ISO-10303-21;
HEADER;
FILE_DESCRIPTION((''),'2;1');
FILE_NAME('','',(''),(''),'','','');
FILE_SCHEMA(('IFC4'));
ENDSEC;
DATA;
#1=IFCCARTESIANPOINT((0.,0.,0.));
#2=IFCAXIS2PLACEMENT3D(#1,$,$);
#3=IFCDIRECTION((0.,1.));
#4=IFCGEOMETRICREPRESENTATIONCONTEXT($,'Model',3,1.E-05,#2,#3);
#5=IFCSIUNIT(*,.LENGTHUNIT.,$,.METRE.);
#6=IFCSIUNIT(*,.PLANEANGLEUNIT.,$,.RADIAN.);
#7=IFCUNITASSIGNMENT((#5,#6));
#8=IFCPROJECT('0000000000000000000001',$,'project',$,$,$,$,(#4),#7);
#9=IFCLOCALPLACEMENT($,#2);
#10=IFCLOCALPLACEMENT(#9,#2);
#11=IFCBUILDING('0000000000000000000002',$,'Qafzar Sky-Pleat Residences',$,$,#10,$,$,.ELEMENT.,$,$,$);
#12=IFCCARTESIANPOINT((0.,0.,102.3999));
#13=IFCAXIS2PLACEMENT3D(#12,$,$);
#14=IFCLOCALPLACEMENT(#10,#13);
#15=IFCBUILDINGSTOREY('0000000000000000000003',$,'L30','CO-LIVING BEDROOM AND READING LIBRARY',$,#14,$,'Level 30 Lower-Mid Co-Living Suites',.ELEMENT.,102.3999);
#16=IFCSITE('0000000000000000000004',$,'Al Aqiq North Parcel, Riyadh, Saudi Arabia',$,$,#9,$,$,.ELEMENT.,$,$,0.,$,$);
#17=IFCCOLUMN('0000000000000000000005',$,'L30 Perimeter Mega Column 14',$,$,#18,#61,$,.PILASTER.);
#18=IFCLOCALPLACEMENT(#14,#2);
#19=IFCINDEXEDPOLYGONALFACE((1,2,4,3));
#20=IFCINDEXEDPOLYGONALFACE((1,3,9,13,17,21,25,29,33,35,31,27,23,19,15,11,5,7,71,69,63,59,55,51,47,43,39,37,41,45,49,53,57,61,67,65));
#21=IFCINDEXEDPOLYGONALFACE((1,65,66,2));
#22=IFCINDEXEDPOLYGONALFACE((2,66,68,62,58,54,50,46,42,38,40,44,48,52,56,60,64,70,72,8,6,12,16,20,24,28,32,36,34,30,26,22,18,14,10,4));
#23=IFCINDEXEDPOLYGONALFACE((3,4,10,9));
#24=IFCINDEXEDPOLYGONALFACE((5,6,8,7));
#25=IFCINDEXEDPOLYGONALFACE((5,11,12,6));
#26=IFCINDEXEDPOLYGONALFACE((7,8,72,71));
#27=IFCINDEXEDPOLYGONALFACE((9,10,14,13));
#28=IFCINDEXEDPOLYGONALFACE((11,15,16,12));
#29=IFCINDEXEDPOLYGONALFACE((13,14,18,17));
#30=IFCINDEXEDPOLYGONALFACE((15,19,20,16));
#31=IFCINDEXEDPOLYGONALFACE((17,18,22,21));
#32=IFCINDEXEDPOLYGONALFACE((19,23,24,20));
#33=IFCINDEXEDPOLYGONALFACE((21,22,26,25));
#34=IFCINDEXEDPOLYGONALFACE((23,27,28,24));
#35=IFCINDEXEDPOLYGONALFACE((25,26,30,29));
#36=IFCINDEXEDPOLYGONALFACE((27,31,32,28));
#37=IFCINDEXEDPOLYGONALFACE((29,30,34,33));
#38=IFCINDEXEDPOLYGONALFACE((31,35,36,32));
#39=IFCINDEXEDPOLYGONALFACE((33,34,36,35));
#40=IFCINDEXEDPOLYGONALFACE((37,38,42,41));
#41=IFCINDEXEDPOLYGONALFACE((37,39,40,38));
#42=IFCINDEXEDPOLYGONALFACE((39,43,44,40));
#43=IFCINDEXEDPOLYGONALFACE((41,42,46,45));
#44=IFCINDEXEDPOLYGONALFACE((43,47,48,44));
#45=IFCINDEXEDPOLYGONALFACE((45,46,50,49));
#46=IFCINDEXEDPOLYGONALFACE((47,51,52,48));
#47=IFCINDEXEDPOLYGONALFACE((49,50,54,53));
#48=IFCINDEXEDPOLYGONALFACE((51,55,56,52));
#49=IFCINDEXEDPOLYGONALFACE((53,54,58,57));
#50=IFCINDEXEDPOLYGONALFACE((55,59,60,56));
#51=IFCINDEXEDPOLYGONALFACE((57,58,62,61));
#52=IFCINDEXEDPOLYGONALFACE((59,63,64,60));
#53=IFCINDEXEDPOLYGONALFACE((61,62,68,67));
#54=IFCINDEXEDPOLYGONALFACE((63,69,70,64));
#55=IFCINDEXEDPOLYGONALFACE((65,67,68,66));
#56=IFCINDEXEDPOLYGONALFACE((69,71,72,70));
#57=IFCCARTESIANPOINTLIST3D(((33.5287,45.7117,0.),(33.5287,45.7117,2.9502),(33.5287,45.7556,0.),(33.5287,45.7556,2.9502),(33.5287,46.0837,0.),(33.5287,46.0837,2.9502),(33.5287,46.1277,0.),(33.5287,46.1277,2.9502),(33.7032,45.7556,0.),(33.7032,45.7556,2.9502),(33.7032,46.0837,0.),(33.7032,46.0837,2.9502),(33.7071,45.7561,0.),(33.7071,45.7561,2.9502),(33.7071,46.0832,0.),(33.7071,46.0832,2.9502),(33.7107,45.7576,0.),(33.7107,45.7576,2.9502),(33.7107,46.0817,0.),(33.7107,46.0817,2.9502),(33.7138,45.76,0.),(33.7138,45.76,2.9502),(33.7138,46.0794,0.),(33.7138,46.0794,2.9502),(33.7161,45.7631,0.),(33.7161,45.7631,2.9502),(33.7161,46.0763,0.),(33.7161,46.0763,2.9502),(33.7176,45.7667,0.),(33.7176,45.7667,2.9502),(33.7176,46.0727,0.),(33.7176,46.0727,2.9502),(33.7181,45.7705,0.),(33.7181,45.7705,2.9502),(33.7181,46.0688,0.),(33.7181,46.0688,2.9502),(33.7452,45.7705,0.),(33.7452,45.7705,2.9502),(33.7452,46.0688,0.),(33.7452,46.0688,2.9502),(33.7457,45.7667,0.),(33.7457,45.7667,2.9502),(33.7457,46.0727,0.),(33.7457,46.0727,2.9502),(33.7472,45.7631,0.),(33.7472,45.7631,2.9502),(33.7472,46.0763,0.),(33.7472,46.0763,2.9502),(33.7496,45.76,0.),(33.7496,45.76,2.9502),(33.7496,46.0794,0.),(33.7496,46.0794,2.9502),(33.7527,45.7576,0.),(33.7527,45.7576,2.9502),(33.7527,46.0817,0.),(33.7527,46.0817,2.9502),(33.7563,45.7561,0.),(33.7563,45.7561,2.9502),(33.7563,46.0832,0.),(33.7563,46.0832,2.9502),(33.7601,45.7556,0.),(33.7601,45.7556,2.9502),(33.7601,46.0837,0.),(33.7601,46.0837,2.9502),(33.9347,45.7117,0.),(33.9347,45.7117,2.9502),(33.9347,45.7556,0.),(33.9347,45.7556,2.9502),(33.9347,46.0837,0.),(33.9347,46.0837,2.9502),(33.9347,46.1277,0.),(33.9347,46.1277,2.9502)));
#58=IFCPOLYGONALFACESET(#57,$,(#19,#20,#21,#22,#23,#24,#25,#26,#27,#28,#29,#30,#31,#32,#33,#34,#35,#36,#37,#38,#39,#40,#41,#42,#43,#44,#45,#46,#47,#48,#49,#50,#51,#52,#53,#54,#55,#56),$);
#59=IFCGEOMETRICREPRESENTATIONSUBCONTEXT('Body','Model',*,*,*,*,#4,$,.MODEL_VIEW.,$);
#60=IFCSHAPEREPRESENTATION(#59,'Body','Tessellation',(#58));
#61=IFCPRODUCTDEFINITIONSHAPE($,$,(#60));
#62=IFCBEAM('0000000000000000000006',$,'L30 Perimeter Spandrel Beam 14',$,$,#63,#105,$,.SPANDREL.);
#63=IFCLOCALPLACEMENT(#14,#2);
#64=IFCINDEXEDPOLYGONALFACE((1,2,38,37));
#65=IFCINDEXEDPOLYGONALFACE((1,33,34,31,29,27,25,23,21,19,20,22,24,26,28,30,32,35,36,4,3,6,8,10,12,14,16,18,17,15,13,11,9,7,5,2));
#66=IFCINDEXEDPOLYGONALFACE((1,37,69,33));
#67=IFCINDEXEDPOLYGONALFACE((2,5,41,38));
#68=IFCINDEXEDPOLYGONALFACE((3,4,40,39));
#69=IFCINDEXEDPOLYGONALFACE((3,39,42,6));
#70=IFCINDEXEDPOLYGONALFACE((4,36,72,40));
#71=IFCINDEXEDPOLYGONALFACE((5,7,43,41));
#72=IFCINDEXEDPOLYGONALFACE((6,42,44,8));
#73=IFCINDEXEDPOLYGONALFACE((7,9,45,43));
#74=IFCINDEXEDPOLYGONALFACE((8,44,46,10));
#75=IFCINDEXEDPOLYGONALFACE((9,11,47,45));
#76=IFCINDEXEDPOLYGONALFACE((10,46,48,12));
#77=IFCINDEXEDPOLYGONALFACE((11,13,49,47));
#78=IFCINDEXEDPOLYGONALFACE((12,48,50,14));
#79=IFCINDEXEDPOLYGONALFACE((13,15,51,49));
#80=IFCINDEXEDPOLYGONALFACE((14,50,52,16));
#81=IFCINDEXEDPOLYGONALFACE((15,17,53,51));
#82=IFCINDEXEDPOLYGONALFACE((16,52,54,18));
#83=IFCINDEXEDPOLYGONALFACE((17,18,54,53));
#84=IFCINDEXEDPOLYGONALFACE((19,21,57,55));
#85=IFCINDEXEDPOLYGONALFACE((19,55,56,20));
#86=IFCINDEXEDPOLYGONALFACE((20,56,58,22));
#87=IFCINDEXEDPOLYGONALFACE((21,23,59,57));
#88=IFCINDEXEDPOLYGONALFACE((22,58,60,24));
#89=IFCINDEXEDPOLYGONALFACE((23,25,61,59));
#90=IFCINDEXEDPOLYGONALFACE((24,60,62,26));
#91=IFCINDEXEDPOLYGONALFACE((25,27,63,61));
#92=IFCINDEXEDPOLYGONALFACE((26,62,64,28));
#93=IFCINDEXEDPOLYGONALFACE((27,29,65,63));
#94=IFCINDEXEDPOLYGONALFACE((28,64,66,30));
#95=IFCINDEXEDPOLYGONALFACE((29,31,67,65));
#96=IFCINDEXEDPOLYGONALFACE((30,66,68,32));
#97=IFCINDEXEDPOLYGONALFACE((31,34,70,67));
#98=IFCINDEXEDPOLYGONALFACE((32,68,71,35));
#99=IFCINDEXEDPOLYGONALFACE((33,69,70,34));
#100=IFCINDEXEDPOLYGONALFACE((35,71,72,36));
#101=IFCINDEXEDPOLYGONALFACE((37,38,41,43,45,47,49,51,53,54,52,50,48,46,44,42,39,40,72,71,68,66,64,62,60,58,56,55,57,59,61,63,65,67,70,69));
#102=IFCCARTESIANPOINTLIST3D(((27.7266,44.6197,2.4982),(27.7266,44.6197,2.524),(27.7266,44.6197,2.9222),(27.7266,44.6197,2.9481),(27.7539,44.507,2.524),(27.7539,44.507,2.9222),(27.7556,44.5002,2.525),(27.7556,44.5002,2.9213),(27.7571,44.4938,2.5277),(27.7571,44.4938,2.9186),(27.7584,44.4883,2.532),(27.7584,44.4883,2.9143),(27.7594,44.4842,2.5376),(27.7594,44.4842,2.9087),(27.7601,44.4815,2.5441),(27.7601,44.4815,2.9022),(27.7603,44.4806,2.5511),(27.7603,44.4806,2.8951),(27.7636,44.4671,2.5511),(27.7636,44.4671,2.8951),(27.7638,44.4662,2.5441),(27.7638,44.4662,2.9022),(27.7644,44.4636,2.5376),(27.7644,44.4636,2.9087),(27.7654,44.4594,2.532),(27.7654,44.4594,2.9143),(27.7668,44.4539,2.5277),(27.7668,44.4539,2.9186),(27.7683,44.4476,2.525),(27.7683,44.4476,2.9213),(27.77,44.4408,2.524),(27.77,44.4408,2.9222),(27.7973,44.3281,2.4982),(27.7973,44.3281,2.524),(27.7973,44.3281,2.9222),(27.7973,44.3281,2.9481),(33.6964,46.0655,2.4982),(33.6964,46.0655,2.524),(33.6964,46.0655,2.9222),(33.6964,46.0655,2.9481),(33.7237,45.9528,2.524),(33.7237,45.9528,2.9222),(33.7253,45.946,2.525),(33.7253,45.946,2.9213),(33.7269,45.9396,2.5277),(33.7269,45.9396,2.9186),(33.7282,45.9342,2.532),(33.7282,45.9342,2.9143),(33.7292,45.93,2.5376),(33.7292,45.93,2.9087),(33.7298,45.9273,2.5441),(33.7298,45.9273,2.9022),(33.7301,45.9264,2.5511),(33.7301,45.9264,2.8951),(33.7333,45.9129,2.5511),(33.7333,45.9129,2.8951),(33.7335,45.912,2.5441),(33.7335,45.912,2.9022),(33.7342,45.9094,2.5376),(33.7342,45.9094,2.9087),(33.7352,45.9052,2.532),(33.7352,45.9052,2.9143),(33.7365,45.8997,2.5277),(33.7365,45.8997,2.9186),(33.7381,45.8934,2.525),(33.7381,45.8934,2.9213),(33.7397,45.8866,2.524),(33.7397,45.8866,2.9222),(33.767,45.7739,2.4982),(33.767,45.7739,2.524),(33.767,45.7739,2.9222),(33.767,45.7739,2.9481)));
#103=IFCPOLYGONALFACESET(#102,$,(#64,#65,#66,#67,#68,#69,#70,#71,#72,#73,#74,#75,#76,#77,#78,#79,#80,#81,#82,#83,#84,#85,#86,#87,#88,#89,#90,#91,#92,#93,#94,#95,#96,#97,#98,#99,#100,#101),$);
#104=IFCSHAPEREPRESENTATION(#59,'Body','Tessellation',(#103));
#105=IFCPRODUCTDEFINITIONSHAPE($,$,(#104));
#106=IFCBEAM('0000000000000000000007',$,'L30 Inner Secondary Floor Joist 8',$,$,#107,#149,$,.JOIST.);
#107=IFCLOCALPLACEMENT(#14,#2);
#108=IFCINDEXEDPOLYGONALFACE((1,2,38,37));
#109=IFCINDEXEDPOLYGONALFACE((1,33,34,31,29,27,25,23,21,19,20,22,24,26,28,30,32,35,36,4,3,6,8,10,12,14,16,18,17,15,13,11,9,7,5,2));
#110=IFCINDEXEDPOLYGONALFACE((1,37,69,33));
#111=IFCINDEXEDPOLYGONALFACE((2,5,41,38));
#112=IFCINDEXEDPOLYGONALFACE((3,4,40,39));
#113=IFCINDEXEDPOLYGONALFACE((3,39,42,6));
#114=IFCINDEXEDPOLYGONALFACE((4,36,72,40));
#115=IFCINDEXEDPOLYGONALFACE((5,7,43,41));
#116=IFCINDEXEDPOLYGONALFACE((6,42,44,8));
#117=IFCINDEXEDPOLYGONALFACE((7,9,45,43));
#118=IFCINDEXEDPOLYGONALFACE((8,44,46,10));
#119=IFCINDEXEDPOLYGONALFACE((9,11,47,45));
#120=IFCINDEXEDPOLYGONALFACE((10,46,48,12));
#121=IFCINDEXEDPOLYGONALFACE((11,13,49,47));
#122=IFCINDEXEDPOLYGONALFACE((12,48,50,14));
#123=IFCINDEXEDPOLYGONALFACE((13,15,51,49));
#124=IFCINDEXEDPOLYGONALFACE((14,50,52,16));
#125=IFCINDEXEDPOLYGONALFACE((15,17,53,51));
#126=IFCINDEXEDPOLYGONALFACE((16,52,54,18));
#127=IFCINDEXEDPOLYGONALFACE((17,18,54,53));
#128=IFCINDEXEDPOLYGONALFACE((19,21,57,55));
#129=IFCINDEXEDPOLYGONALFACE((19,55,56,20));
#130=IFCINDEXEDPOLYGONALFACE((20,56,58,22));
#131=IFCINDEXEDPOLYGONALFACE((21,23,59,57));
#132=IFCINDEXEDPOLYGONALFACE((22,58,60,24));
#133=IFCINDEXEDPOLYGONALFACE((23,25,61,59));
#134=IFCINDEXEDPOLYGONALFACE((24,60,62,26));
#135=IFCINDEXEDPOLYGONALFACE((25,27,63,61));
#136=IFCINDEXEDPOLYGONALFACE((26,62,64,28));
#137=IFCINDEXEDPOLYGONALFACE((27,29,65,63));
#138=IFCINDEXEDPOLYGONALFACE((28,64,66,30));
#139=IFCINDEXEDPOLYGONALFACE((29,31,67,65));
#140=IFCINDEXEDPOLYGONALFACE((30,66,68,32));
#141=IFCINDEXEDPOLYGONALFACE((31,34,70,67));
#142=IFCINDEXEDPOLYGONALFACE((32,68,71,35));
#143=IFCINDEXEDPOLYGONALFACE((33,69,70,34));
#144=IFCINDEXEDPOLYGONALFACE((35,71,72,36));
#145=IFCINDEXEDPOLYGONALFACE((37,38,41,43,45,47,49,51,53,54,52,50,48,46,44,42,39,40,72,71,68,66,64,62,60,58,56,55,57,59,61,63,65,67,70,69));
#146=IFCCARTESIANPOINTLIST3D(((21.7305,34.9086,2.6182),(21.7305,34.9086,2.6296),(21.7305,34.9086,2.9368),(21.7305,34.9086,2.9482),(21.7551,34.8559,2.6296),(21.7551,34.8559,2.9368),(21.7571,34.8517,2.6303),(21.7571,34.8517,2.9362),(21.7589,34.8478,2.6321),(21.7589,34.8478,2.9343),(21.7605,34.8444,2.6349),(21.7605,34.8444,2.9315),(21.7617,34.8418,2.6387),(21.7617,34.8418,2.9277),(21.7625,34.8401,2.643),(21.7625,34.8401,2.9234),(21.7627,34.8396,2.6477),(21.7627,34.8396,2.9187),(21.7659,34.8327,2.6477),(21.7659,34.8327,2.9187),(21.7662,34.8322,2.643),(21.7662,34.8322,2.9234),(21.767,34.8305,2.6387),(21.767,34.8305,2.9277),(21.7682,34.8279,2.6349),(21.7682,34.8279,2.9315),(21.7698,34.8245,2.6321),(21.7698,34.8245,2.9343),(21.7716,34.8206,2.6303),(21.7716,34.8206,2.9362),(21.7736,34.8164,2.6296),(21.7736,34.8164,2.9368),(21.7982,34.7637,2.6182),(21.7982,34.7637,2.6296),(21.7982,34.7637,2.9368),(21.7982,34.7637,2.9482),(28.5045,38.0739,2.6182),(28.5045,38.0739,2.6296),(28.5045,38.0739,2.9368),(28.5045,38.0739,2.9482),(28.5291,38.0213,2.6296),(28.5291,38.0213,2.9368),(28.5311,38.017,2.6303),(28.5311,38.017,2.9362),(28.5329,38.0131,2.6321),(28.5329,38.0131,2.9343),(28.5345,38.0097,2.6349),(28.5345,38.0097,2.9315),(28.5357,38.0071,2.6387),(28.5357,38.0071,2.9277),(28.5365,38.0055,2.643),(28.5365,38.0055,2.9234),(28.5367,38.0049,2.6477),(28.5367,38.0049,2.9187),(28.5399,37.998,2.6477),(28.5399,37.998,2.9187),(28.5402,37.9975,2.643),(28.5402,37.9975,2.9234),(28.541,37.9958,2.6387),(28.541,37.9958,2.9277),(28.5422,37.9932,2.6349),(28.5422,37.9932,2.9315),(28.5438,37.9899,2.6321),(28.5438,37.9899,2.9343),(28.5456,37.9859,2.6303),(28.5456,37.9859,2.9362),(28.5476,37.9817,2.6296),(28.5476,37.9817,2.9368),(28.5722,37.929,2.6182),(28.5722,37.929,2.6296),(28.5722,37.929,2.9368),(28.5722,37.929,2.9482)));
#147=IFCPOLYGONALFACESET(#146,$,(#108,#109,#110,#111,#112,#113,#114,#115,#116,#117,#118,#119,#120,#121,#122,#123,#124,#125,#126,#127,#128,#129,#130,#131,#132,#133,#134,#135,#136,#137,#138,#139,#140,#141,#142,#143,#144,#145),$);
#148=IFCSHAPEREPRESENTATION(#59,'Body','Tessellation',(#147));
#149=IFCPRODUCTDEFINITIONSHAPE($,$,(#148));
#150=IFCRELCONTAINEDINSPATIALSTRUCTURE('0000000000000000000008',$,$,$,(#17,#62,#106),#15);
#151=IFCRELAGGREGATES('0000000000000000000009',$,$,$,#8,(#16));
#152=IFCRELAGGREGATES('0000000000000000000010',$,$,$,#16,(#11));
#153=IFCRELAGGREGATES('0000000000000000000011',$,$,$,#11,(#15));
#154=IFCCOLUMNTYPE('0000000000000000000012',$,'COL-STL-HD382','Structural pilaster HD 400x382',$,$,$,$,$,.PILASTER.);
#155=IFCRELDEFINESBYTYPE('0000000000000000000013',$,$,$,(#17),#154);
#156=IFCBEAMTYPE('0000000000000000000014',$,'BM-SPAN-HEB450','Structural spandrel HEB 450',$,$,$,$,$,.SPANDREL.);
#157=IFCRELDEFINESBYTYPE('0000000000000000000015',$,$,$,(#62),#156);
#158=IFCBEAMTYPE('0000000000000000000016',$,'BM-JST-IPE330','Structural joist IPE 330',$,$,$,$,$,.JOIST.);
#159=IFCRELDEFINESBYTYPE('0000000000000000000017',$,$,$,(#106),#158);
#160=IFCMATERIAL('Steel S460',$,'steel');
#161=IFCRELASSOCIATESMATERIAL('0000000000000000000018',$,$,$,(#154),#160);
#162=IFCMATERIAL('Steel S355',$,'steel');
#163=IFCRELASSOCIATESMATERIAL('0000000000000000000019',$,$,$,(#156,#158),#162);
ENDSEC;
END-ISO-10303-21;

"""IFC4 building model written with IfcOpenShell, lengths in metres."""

from ifc_helpers import new_model, si_unit, direction, frame, origin, origin_2d, place, context, subcontext, project, spatial, i_section, extrude, source, transform, mapped, material, material_profile, profile_set, type_object, element, save


model = new_model("IFC4")

# Units and contexts
model_context = context("Model", 3, precision=1e-05, world=origin(), true_north=direction((0.0, 1.0)))
body_context = subcontext(model_context, "Body", "Model", "MODEL_VIEW")
ifc_project = project(units=[si_unit("LENGTHUNIT", "METRE"), si_unit("PLANEANGLEUNIT", "RADIAN")], contexts=[model_context])

# Site, building, storey
site_placement = place(None, origin())
site = spatial("IfcSite", under=ifc_project, at=site_placement, Name="Al Aqiq North Parcel, Riyadh, Saudi Arabia", CompositionType="ELEMENT", RefElevation=0.0)
building_placement = place(site_placement, origin())
building = spatial("IfcBuilding", under=site, at=building_placement, Name="Qafzar Sky-Pleat Residences", CompositionType="ELEMENT")
storey_placement = place(building_placement, frame((0.0, 0.0, 102.3999)))
storey = spatial("IfcBuildingStorey", under=building, at=storey_placement, Name="L30", Description="CO-LIVING BEDROOM AND READING LIBRARY", LongName="Level 30 Lower-Mid Co-Living Suites", CompositionType="ELEMENT", Elevation=102.3999)

# Column
ifc_material_1 = material(Name="Steel S460", Category="steel")
ifc_material_profile_1 = material_profile(ifc_material_1, i_section(OverallWidth=0.406, OverallDepth=0.416, WebThickness=0.0271, FlangeThickness=0.0439, FilletRadius=0.0149, at=origin_2d()), Name="HD 400x382")
ifc_profile_set_1 = profile_set([ifc_material_profile_1], Name="Steel S460")
column_type = type_object("IfcColumnType", Name="COL-STL-HD382", Description="Structural pilaster HD 400x382", PredefinedType="PILASTER", material=ifc_profile_set_1)
shared_shape_1 = source(origin(), body_context, "Body", "SweptSolid", [
    extrude(i_section(OverallWidth=0.406, OverallDepth=0.416, WebThickness=0.0271, FlangeThickness=0.0439, FilletRadius=0.0149, at=origin_2d()), origin(), (0.0, 0.0, 1.0), 2.9502),
])
column_placement = place(storey_placement, frame((33.7317, 45.9197, 0.0), z_axis=(0.0, 0.0, 1.0), x_axis=(1.0, 0.0, 0.0)))
element("IfcColumn", 1, at=column_placement, inside=storey, type_object=column_type, Name="L30 Perimeter Mega Column 14", PredefinedType="PILASTER", context=body_context, shape_type="MappedRepresentation", body=[
    mapped(shared_shape_1, transform((0.0, 0.0, 0.0), x_axis=(1.0, 0.0, 0.0), y_axis=(0.0, 1.0, 0.0), z_axis=(0.0, 0.0, 1.0), scale=1.0)),
])

# Beams
ifc_material_2 = material(Name="Steel S355", Category="steel")
ifc_material_profile_2 = material_profile(ifc_material_2, i_section(OverallWidth=0.3, OverallDepth=0.45, WebThickness=0.0139, FlangeThickness=0.0259, FilletRadius=0.0271, at=origin_2d()), Name="HEB 450")
ifc_profile_set_2 = profile_set([ifc_material_profile_2], Name="Steel S355")
beam_type_1 = type_object("IfcBeamType", Name="BM-SPAN-HEB450", Description="Structural spandrel HEB 450", PredefinedType="SPANDREL", material=ifc_profile_set_2)
shared_shape_2 = source(origin(), body_context, "Body", "SweptSolid", [
    extrude(i_section(OverallWidth=0.3, OverallDepth=0.45, WebThickness=0.0139, FlangeThickness=0.0259, FilletRadius=0.0271, at=origin_2d()), origin(), (0.0, 0.0, 1.0), 6.1423),
])
beam_1_placement = place(storey_placement, frame((33.7317, 45.9197, 2.7231), z_axis=(-0.971902, -0.235384, 0.0), x_axis=(0.235384, -0.971902, 0.0)))
element("IfcBeam", 2, at=beam_1_placement, inside=storey, type_object=beam_type_1, Name="L30 Perimeter Spandrel Beam 14", PredefinedType="SPANDREL", context=body_context, shape_type="MappedRepresentation", body=[
    mapped(shared_shape_2, transform((0.0, 0.0, 0.0), x_axis=(1.0, 0.0, 0.0), y_axis=(0.0, 1.0, 0.0), z_axis=(0.0, 0.0, 1.0), scale=1.0)),
])
ifc_material_profile_3 = material_profile(ifc_material_2, i_section(OverallWidth=0.1599, OverallDepth=0.3301, WebThickness=0.0076, FlangeThickness=0.0115, FilletRadius=0.0181, at=origin_2d()), Name="IPE 330")
ifc_profile_set_3 = profile_set([ifc_material_profile_3], Name="Steel S355")
beam_type_2 = type_object("IfcBeamType", Name="BM-JST-IPE330", Description="Structural joist IPE 330", PredefinedType="JOIST", material=ifc_profile_set_3)
shared_shape_3 = source(origin(), body_context, "Body", "SweptSolid", [
    extrude(i_section(OverallWidth=0.1599, OverallDepth=0.3301, WebThickness=0.0076, FlangeThickness=0.0115, FilletRadius=0.0181, at=origin_2d()), origin(), (0.0, 0.0, 1.0), 7.4771),
])
beam_2_placement = place(storey_placement, frame((28.5383, 38.0015, 2.7832), z_axis=(-0.905972, -0.423338, 0.0), x_axis=(0.423338, -0.905972, 0.0)))
element("IfcBeam", 3, at=beam_2_placement, inside=storey, type_object=beam_type_2, Name="L30 Inner Secondary Floor Joist 8", PredefinedType="JOIST", context=body_context, shape_type="MappedRepresentation", body=[
    mapped(shared_shape_3, transform((0.0, 0.0, 0.0), x_axis=(1.0, 0.0, 0.0), y_axis=(0.0, 1.0, 0.0), z_axis=(0.0, 0.0, 1.0), scale=1.0)),
])

save(model, "model.ifc")
